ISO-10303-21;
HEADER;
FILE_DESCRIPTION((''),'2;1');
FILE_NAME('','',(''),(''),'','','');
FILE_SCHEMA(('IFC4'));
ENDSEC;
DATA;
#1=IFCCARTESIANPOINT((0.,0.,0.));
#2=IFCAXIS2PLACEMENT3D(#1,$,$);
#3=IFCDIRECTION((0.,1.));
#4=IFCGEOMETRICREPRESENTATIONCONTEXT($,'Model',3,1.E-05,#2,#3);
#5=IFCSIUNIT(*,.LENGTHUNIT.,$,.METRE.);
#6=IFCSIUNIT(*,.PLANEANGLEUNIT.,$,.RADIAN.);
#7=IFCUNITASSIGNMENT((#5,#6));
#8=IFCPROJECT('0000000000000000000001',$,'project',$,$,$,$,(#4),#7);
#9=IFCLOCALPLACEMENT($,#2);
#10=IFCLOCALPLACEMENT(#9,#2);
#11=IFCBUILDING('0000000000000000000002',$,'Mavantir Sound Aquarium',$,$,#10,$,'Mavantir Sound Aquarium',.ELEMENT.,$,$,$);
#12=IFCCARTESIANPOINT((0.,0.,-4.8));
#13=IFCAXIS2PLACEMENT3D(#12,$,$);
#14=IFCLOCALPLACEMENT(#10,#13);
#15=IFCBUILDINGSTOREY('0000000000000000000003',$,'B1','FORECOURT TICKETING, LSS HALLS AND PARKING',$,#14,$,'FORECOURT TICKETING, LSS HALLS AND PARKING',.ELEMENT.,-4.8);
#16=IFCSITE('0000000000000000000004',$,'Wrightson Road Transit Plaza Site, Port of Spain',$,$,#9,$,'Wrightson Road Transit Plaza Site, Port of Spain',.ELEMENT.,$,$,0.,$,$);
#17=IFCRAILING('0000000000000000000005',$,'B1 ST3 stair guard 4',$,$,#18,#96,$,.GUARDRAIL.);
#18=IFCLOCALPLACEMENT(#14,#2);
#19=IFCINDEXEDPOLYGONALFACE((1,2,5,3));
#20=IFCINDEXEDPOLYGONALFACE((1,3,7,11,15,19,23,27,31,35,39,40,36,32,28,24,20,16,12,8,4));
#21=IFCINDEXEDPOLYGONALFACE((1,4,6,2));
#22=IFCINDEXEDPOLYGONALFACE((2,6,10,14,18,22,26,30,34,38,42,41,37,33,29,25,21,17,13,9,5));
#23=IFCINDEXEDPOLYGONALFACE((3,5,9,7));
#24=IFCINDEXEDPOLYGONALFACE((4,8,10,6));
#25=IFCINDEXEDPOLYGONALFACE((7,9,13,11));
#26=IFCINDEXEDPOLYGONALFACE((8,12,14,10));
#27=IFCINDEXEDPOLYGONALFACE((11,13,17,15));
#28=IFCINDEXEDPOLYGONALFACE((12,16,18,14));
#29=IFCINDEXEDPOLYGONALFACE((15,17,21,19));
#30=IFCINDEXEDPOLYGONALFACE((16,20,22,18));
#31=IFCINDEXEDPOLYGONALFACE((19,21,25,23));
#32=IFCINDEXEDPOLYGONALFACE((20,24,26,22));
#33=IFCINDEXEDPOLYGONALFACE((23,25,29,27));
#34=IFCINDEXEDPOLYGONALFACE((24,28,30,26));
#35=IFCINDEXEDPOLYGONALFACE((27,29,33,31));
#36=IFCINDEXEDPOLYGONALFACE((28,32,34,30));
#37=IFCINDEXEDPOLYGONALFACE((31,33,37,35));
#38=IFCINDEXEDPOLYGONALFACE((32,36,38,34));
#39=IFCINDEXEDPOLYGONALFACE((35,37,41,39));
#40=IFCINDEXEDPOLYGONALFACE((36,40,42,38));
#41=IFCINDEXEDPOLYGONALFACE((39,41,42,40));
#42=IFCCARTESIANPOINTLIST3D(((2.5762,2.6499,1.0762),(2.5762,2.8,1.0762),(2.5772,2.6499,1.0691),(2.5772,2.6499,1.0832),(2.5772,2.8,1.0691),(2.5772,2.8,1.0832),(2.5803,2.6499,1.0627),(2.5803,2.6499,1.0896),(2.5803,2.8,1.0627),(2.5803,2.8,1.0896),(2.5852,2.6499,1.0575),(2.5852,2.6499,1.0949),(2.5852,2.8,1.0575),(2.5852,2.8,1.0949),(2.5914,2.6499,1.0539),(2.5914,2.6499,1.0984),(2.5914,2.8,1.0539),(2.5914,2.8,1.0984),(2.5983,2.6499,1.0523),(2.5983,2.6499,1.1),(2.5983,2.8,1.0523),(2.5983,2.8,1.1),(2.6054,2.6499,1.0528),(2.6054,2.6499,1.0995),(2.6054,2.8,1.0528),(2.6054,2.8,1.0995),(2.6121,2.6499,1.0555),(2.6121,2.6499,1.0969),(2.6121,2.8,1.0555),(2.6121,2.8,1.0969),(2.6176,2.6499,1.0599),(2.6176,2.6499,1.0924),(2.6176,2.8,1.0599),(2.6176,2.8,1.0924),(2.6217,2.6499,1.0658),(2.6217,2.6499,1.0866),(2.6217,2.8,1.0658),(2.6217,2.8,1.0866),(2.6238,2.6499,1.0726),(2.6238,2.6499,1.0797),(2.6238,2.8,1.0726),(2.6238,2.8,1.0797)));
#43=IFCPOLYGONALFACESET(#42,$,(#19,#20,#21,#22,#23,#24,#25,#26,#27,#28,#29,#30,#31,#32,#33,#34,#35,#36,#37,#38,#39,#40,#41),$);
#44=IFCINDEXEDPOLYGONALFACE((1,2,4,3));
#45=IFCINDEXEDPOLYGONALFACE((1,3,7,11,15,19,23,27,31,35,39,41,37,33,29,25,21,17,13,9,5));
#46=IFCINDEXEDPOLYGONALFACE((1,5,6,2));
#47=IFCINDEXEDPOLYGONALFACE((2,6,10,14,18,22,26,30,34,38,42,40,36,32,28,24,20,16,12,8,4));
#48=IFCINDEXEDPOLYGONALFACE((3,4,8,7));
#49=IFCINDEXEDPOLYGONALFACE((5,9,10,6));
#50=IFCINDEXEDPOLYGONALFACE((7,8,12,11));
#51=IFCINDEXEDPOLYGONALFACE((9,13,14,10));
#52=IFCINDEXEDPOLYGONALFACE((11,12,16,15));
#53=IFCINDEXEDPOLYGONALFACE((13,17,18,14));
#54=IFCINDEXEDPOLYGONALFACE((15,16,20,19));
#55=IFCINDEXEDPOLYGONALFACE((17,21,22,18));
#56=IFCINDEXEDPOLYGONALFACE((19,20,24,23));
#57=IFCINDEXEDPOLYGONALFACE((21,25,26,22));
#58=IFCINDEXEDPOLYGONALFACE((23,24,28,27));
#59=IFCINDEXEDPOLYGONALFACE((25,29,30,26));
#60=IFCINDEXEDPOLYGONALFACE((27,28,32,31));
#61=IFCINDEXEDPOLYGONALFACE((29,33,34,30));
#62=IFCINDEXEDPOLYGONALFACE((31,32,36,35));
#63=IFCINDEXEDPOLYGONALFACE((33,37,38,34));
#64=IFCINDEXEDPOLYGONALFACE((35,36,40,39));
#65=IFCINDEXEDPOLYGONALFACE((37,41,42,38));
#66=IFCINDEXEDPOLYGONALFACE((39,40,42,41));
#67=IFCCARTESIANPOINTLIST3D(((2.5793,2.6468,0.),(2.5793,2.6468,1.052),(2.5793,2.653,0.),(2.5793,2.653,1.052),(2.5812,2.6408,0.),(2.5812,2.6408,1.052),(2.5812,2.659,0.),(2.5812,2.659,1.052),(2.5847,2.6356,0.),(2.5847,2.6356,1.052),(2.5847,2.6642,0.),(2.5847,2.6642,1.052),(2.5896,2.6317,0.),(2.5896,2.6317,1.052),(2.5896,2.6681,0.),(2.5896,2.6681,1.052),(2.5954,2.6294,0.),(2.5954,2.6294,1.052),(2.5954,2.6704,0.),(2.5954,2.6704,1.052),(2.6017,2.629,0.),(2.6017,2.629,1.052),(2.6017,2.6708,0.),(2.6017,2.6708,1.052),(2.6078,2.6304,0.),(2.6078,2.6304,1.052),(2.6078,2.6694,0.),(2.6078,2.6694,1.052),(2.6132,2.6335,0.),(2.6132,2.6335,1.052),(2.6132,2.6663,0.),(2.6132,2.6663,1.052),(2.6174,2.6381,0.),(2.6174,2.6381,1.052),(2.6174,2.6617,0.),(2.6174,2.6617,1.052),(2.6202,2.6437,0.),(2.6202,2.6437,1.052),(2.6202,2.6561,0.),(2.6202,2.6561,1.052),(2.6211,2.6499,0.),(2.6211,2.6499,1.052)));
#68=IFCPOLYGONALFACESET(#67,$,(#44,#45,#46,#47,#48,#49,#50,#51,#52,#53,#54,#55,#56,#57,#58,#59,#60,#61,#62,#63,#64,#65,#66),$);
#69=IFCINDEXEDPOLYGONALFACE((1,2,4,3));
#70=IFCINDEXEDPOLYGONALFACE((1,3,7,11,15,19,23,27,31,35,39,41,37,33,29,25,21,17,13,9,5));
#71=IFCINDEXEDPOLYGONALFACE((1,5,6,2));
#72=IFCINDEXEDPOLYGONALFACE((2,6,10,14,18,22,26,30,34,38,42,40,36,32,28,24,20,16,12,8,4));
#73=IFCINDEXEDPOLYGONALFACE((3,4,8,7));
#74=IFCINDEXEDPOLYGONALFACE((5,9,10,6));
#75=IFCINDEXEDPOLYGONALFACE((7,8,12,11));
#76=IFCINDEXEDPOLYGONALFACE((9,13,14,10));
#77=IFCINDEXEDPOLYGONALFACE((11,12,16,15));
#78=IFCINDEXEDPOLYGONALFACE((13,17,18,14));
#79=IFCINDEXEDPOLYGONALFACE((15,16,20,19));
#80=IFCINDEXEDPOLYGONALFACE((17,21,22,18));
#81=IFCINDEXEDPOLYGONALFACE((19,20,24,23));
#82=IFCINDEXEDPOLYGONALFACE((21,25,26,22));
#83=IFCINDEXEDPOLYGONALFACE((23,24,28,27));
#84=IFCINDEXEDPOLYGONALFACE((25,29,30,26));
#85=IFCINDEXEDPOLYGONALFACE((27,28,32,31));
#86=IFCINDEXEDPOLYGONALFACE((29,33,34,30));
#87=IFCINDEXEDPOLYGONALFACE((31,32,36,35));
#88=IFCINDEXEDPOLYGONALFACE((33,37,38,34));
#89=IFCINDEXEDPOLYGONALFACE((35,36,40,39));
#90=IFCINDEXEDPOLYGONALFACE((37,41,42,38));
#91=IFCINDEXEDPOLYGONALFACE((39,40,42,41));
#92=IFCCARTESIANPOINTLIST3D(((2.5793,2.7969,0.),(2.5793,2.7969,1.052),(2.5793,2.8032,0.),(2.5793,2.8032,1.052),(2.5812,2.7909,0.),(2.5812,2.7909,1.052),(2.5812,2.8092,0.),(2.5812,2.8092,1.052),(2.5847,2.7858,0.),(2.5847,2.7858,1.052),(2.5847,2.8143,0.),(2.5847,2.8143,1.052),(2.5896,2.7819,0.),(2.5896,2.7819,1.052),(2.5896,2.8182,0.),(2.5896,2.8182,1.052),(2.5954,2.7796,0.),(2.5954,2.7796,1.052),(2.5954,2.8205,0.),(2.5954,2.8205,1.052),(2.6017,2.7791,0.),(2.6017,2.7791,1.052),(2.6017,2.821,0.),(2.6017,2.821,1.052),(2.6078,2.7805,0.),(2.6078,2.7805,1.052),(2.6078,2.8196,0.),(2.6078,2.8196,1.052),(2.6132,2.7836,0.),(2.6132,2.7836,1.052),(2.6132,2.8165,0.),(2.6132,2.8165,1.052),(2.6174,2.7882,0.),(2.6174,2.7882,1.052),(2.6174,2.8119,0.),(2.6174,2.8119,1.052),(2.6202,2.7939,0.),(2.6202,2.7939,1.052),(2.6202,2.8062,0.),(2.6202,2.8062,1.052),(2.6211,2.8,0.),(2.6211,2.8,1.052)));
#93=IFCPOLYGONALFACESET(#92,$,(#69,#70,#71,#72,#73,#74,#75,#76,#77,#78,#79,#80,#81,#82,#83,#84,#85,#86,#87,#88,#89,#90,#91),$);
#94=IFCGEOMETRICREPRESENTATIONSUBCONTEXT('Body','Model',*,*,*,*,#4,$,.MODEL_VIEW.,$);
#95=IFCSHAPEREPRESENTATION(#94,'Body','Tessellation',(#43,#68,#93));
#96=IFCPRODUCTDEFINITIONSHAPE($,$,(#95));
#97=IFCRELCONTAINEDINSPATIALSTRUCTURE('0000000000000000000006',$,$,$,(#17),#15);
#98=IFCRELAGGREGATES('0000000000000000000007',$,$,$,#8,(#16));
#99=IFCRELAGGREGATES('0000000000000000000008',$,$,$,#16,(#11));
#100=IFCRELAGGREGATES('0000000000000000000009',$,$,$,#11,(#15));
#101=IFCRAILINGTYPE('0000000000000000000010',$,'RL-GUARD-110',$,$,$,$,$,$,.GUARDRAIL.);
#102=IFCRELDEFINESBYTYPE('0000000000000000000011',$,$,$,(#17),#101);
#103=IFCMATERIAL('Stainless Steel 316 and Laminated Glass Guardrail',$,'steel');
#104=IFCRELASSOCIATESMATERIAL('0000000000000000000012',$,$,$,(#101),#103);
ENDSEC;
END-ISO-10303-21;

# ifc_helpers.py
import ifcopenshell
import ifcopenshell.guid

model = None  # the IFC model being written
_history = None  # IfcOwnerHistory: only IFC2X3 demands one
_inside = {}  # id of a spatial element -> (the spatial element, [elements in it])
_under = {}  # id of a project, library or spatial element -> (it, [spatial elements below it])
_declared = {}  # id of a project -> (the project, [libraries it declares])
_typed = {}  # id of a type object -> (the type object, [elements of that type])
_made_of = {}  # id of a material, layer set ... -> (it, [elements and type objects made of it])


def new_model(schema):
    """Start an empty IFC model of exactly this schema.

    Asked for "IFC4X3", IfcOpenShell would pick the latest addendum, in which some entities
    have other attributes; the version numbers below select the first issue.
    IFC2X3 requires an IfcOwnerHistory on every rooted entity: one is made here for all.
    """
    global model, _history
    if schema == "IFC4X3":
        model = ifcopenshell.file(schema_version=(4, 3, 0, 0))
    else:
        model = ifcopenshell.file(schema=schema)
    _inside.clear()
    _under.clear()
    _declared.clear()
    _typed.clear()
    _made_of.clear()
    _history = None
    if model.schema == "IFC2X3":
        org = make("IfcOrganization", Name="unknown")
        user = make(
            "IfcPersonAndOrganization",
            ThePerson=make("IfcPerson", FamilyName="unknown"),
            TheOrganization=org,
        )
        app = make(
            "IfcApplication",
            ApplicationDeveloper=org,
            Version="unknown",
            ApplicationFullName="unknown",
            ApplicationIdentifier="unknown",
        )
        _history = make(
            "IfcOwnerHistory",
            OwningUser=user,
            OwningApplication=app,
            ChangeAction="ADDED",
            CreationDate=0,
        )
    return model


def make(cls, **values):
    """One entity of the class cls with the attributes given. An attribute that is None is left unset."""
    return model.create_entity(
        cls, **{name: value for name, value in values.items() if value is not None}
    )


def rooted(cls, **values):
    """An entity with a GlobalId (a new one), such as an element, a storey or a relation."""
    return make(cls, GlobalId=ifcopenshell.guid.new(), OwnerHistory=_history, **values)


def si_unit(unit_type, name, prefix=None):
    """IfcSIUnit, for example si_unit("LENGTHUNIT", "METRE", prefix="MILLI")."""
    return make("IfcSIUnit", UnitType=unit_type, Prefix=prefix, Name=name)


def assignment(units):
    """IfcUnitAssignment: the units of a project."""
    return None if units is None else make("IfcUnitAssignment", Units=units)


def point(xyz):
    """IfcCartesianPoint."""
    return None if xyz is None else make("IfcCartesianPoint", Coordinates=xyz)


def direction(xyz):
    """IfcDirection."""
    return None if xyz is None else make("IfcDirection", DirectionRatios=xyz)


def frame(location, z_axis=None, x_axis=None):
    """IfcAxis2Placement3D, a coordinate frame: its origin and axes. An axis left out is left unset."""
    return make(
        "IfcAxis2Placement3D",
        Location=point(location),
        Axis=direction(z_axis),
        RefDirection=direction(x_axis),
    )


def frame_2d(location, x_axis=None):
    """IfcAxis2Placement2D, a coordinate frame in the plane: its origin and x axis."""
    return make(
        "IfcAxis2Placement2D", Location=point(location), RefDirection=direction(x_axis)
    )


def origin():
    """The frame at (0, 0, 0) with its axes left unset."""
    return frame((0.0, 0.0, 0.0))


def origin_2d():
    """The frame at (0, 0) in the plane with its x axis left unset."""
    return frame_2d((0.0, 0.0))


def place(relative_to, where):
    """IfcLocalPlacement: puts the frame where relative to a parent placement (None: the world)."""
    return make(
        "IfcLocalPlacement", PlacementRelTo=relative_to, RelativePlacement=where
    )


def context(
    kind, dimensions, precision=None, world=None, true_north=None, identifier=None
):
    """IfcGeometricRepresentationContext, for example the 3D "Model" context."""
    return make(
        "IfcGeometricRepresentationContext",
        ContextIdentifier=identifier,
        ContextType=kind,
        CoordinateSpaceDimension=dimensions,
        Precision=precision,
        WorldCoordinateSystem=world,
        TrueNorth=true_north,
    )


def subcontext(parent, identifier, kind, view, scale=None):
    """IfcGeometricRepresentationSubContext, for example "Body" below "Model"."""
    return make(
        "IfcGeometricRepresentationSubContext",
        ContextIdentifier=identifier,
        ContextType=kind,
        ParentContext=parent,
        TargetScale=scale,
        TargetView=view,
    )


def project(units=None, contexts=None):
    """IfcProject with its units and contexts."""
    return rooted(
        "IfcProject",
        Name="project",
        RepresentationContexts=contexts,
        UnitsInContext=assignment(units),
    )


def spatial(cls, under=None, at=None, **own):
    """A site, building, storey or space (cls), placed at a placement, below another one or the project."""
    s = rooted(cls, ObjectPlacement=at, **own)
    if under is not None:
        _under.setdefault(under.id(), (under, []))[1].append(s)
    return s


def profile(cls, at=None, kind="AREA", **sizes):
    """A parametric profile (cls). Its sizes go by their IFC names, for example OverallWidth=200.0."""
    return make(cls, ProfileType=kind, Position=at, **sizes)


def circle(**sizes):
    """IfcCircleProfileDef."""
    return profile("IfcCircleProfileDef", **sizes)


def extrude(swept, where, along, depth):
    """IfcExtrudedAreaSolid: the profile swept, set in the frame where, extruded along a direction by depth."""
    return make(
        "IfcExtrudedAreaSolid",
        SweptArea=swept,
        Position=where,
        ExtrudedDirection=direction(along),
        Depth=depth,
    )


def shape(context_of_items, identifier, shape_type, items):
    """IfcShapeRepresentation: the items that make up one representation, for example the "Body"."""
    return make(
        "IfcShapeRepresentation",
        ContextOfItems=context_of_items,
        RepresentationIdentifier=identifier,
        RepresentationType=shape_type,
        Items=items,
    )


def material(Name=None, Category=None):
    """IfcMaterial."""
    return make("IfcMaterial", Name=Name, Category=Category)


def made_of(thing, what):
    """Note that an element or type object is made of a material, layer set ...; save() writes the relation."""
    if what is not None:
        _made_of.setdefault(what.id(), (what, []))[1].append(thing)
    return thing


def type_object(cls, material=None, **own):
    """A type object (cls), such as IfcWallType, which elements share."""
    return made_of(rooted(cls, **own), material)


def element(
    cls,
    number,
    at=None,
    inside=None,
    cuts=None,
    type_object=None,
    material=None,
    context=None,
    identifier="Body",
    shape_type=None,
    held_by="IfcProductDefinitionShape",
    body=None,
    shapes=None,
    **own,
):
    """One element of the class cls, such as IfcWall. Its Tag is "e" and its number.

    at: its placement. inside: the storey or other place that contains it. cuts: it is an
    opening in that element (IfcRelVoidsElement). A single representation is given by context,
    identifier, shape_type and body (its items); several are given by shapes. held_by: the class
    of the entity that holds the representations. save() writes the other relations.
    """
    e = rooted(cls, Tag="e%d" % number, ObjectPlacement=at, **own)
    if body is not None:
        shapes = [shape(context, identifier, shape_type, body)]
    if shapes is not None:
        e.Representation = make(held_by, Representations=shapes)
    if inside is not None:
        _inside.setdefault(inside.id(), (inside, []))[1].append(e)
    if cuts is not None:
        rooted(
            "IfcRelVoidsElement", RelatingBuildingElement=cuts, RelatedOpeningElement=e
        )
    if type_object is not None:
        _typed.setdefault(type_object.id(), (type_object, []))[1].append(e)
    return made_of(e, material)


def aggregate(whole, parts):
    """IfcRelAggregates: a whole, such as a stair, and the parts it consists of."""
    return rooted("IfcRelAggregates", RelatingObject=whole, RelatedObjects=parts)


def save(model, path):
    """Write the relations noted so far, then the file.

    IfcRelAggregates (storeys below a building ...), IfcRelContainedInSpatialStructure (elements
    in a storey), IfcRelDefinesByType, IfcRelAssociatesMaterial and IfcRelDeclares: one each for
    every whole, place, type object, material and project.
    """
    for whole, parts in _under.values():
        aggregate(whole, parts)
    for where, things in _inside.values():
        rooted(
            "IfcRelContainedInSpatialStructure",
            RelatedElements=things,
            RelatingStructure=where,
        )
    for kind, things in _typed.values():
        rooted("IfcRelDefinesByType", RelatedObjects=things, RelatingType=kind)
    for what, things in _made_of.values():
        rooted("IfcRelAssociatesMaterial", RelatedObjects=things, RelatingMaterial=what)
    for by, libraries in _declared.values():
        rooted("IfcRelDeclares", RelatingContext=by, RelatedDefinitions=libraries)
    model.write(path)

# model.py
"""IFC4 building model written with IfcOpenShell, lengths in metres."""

from ifc_helpers import new_model, si_unit, direction, frame, origin, origin_2d, place, context, subcontext, project, spatial, circle, extrude, material, type_object, element, save


model = new_model("IFC4")

# Units and contexts
model_context = context("Model", 3, precision=1e-05, world=origin(), true_north=direction((0.0, 1.0)))
body_context = subcontext(model_context, "Body", "Model", "MODEL_VIEW")
ifc_project = project(units=[si_unit("LENGTHUNIT", "METRE"), si_unit("PLANEANGLEUNIT", "RADIAN")], contexts=[model_context])

# Site, building, storey
site_placement = place(None, origin())
site = spatial("IfcSite", under=ifc_project, at=site_placement, Name="Wrightson Road Transit Plaza Site, Port of Spain", LongName="Wrightson Road Transit Plaza Site, Port of Spain", CompositionType="ELEMENT", RefElevation=0.0)
building_placement = place(site_placement, origin())
building = spatial("IfcBuilding", under=site, at=building_placement, Name="Mavantir Sound Aquarium", LongName="Mavantir Sound Aquarium", CompositionType="ELEMENT")
storey_placement = place(building_placement, frame((0.0, 0.0, -4.8)))
storey = spatial("IfcBuildingStorey", under=building, at=storey_placement, Name="B1", Description="FORECOURT TICKETING, LSS HALLS AND PARKING", LongName="FORECOURT TICKETING, LSS HALLS AND PARKING", CompositionType="ELEMENT", Elevation=-4.8)

# Railing
ifc_material_1 = material(Name="Stainless Steel 316 and Laminated Glass Guardrail", Category="steel")
railing_type_1 = type_object("IfcRailingType", Name="RL-GUARD-110", PredefinedType="GUARDRAIL", material=ifc_material_1)
railing_1_placement = place(storey_placement, frame((2.6001, 2.6499, 0.0)))
element("IfcRailing", 1, at=railing_1_placement, inside=storey, type_object=railing_type_1, Name="B1 ST3 stair guard 4", PredefinedType="GUARDRAIL", context=body_context, shape_type="SweptSolid", body=[
    extrude(circle(Radius=0.0239, at=origin_2d()), frame((0.0, 0.0, 1.0762), z_axis=(0.0, 1.0, 0.0), x_axis=(-1.0, 0.0, 0.0)), (0.0, 0.0, 1.0), 0.1501),
    extrude(circle(Radius=0.021, at=origin_2d()), origin(), (0.0, 0.0, 1.0), 1.052),
    extrude(circle(Radius=0.021, at=origin_2d()), frame((0.0, 0.1501, 0.0)), (0.0, 0.0, 1.0), 1.052),
])

save(model, "model.ifc")
